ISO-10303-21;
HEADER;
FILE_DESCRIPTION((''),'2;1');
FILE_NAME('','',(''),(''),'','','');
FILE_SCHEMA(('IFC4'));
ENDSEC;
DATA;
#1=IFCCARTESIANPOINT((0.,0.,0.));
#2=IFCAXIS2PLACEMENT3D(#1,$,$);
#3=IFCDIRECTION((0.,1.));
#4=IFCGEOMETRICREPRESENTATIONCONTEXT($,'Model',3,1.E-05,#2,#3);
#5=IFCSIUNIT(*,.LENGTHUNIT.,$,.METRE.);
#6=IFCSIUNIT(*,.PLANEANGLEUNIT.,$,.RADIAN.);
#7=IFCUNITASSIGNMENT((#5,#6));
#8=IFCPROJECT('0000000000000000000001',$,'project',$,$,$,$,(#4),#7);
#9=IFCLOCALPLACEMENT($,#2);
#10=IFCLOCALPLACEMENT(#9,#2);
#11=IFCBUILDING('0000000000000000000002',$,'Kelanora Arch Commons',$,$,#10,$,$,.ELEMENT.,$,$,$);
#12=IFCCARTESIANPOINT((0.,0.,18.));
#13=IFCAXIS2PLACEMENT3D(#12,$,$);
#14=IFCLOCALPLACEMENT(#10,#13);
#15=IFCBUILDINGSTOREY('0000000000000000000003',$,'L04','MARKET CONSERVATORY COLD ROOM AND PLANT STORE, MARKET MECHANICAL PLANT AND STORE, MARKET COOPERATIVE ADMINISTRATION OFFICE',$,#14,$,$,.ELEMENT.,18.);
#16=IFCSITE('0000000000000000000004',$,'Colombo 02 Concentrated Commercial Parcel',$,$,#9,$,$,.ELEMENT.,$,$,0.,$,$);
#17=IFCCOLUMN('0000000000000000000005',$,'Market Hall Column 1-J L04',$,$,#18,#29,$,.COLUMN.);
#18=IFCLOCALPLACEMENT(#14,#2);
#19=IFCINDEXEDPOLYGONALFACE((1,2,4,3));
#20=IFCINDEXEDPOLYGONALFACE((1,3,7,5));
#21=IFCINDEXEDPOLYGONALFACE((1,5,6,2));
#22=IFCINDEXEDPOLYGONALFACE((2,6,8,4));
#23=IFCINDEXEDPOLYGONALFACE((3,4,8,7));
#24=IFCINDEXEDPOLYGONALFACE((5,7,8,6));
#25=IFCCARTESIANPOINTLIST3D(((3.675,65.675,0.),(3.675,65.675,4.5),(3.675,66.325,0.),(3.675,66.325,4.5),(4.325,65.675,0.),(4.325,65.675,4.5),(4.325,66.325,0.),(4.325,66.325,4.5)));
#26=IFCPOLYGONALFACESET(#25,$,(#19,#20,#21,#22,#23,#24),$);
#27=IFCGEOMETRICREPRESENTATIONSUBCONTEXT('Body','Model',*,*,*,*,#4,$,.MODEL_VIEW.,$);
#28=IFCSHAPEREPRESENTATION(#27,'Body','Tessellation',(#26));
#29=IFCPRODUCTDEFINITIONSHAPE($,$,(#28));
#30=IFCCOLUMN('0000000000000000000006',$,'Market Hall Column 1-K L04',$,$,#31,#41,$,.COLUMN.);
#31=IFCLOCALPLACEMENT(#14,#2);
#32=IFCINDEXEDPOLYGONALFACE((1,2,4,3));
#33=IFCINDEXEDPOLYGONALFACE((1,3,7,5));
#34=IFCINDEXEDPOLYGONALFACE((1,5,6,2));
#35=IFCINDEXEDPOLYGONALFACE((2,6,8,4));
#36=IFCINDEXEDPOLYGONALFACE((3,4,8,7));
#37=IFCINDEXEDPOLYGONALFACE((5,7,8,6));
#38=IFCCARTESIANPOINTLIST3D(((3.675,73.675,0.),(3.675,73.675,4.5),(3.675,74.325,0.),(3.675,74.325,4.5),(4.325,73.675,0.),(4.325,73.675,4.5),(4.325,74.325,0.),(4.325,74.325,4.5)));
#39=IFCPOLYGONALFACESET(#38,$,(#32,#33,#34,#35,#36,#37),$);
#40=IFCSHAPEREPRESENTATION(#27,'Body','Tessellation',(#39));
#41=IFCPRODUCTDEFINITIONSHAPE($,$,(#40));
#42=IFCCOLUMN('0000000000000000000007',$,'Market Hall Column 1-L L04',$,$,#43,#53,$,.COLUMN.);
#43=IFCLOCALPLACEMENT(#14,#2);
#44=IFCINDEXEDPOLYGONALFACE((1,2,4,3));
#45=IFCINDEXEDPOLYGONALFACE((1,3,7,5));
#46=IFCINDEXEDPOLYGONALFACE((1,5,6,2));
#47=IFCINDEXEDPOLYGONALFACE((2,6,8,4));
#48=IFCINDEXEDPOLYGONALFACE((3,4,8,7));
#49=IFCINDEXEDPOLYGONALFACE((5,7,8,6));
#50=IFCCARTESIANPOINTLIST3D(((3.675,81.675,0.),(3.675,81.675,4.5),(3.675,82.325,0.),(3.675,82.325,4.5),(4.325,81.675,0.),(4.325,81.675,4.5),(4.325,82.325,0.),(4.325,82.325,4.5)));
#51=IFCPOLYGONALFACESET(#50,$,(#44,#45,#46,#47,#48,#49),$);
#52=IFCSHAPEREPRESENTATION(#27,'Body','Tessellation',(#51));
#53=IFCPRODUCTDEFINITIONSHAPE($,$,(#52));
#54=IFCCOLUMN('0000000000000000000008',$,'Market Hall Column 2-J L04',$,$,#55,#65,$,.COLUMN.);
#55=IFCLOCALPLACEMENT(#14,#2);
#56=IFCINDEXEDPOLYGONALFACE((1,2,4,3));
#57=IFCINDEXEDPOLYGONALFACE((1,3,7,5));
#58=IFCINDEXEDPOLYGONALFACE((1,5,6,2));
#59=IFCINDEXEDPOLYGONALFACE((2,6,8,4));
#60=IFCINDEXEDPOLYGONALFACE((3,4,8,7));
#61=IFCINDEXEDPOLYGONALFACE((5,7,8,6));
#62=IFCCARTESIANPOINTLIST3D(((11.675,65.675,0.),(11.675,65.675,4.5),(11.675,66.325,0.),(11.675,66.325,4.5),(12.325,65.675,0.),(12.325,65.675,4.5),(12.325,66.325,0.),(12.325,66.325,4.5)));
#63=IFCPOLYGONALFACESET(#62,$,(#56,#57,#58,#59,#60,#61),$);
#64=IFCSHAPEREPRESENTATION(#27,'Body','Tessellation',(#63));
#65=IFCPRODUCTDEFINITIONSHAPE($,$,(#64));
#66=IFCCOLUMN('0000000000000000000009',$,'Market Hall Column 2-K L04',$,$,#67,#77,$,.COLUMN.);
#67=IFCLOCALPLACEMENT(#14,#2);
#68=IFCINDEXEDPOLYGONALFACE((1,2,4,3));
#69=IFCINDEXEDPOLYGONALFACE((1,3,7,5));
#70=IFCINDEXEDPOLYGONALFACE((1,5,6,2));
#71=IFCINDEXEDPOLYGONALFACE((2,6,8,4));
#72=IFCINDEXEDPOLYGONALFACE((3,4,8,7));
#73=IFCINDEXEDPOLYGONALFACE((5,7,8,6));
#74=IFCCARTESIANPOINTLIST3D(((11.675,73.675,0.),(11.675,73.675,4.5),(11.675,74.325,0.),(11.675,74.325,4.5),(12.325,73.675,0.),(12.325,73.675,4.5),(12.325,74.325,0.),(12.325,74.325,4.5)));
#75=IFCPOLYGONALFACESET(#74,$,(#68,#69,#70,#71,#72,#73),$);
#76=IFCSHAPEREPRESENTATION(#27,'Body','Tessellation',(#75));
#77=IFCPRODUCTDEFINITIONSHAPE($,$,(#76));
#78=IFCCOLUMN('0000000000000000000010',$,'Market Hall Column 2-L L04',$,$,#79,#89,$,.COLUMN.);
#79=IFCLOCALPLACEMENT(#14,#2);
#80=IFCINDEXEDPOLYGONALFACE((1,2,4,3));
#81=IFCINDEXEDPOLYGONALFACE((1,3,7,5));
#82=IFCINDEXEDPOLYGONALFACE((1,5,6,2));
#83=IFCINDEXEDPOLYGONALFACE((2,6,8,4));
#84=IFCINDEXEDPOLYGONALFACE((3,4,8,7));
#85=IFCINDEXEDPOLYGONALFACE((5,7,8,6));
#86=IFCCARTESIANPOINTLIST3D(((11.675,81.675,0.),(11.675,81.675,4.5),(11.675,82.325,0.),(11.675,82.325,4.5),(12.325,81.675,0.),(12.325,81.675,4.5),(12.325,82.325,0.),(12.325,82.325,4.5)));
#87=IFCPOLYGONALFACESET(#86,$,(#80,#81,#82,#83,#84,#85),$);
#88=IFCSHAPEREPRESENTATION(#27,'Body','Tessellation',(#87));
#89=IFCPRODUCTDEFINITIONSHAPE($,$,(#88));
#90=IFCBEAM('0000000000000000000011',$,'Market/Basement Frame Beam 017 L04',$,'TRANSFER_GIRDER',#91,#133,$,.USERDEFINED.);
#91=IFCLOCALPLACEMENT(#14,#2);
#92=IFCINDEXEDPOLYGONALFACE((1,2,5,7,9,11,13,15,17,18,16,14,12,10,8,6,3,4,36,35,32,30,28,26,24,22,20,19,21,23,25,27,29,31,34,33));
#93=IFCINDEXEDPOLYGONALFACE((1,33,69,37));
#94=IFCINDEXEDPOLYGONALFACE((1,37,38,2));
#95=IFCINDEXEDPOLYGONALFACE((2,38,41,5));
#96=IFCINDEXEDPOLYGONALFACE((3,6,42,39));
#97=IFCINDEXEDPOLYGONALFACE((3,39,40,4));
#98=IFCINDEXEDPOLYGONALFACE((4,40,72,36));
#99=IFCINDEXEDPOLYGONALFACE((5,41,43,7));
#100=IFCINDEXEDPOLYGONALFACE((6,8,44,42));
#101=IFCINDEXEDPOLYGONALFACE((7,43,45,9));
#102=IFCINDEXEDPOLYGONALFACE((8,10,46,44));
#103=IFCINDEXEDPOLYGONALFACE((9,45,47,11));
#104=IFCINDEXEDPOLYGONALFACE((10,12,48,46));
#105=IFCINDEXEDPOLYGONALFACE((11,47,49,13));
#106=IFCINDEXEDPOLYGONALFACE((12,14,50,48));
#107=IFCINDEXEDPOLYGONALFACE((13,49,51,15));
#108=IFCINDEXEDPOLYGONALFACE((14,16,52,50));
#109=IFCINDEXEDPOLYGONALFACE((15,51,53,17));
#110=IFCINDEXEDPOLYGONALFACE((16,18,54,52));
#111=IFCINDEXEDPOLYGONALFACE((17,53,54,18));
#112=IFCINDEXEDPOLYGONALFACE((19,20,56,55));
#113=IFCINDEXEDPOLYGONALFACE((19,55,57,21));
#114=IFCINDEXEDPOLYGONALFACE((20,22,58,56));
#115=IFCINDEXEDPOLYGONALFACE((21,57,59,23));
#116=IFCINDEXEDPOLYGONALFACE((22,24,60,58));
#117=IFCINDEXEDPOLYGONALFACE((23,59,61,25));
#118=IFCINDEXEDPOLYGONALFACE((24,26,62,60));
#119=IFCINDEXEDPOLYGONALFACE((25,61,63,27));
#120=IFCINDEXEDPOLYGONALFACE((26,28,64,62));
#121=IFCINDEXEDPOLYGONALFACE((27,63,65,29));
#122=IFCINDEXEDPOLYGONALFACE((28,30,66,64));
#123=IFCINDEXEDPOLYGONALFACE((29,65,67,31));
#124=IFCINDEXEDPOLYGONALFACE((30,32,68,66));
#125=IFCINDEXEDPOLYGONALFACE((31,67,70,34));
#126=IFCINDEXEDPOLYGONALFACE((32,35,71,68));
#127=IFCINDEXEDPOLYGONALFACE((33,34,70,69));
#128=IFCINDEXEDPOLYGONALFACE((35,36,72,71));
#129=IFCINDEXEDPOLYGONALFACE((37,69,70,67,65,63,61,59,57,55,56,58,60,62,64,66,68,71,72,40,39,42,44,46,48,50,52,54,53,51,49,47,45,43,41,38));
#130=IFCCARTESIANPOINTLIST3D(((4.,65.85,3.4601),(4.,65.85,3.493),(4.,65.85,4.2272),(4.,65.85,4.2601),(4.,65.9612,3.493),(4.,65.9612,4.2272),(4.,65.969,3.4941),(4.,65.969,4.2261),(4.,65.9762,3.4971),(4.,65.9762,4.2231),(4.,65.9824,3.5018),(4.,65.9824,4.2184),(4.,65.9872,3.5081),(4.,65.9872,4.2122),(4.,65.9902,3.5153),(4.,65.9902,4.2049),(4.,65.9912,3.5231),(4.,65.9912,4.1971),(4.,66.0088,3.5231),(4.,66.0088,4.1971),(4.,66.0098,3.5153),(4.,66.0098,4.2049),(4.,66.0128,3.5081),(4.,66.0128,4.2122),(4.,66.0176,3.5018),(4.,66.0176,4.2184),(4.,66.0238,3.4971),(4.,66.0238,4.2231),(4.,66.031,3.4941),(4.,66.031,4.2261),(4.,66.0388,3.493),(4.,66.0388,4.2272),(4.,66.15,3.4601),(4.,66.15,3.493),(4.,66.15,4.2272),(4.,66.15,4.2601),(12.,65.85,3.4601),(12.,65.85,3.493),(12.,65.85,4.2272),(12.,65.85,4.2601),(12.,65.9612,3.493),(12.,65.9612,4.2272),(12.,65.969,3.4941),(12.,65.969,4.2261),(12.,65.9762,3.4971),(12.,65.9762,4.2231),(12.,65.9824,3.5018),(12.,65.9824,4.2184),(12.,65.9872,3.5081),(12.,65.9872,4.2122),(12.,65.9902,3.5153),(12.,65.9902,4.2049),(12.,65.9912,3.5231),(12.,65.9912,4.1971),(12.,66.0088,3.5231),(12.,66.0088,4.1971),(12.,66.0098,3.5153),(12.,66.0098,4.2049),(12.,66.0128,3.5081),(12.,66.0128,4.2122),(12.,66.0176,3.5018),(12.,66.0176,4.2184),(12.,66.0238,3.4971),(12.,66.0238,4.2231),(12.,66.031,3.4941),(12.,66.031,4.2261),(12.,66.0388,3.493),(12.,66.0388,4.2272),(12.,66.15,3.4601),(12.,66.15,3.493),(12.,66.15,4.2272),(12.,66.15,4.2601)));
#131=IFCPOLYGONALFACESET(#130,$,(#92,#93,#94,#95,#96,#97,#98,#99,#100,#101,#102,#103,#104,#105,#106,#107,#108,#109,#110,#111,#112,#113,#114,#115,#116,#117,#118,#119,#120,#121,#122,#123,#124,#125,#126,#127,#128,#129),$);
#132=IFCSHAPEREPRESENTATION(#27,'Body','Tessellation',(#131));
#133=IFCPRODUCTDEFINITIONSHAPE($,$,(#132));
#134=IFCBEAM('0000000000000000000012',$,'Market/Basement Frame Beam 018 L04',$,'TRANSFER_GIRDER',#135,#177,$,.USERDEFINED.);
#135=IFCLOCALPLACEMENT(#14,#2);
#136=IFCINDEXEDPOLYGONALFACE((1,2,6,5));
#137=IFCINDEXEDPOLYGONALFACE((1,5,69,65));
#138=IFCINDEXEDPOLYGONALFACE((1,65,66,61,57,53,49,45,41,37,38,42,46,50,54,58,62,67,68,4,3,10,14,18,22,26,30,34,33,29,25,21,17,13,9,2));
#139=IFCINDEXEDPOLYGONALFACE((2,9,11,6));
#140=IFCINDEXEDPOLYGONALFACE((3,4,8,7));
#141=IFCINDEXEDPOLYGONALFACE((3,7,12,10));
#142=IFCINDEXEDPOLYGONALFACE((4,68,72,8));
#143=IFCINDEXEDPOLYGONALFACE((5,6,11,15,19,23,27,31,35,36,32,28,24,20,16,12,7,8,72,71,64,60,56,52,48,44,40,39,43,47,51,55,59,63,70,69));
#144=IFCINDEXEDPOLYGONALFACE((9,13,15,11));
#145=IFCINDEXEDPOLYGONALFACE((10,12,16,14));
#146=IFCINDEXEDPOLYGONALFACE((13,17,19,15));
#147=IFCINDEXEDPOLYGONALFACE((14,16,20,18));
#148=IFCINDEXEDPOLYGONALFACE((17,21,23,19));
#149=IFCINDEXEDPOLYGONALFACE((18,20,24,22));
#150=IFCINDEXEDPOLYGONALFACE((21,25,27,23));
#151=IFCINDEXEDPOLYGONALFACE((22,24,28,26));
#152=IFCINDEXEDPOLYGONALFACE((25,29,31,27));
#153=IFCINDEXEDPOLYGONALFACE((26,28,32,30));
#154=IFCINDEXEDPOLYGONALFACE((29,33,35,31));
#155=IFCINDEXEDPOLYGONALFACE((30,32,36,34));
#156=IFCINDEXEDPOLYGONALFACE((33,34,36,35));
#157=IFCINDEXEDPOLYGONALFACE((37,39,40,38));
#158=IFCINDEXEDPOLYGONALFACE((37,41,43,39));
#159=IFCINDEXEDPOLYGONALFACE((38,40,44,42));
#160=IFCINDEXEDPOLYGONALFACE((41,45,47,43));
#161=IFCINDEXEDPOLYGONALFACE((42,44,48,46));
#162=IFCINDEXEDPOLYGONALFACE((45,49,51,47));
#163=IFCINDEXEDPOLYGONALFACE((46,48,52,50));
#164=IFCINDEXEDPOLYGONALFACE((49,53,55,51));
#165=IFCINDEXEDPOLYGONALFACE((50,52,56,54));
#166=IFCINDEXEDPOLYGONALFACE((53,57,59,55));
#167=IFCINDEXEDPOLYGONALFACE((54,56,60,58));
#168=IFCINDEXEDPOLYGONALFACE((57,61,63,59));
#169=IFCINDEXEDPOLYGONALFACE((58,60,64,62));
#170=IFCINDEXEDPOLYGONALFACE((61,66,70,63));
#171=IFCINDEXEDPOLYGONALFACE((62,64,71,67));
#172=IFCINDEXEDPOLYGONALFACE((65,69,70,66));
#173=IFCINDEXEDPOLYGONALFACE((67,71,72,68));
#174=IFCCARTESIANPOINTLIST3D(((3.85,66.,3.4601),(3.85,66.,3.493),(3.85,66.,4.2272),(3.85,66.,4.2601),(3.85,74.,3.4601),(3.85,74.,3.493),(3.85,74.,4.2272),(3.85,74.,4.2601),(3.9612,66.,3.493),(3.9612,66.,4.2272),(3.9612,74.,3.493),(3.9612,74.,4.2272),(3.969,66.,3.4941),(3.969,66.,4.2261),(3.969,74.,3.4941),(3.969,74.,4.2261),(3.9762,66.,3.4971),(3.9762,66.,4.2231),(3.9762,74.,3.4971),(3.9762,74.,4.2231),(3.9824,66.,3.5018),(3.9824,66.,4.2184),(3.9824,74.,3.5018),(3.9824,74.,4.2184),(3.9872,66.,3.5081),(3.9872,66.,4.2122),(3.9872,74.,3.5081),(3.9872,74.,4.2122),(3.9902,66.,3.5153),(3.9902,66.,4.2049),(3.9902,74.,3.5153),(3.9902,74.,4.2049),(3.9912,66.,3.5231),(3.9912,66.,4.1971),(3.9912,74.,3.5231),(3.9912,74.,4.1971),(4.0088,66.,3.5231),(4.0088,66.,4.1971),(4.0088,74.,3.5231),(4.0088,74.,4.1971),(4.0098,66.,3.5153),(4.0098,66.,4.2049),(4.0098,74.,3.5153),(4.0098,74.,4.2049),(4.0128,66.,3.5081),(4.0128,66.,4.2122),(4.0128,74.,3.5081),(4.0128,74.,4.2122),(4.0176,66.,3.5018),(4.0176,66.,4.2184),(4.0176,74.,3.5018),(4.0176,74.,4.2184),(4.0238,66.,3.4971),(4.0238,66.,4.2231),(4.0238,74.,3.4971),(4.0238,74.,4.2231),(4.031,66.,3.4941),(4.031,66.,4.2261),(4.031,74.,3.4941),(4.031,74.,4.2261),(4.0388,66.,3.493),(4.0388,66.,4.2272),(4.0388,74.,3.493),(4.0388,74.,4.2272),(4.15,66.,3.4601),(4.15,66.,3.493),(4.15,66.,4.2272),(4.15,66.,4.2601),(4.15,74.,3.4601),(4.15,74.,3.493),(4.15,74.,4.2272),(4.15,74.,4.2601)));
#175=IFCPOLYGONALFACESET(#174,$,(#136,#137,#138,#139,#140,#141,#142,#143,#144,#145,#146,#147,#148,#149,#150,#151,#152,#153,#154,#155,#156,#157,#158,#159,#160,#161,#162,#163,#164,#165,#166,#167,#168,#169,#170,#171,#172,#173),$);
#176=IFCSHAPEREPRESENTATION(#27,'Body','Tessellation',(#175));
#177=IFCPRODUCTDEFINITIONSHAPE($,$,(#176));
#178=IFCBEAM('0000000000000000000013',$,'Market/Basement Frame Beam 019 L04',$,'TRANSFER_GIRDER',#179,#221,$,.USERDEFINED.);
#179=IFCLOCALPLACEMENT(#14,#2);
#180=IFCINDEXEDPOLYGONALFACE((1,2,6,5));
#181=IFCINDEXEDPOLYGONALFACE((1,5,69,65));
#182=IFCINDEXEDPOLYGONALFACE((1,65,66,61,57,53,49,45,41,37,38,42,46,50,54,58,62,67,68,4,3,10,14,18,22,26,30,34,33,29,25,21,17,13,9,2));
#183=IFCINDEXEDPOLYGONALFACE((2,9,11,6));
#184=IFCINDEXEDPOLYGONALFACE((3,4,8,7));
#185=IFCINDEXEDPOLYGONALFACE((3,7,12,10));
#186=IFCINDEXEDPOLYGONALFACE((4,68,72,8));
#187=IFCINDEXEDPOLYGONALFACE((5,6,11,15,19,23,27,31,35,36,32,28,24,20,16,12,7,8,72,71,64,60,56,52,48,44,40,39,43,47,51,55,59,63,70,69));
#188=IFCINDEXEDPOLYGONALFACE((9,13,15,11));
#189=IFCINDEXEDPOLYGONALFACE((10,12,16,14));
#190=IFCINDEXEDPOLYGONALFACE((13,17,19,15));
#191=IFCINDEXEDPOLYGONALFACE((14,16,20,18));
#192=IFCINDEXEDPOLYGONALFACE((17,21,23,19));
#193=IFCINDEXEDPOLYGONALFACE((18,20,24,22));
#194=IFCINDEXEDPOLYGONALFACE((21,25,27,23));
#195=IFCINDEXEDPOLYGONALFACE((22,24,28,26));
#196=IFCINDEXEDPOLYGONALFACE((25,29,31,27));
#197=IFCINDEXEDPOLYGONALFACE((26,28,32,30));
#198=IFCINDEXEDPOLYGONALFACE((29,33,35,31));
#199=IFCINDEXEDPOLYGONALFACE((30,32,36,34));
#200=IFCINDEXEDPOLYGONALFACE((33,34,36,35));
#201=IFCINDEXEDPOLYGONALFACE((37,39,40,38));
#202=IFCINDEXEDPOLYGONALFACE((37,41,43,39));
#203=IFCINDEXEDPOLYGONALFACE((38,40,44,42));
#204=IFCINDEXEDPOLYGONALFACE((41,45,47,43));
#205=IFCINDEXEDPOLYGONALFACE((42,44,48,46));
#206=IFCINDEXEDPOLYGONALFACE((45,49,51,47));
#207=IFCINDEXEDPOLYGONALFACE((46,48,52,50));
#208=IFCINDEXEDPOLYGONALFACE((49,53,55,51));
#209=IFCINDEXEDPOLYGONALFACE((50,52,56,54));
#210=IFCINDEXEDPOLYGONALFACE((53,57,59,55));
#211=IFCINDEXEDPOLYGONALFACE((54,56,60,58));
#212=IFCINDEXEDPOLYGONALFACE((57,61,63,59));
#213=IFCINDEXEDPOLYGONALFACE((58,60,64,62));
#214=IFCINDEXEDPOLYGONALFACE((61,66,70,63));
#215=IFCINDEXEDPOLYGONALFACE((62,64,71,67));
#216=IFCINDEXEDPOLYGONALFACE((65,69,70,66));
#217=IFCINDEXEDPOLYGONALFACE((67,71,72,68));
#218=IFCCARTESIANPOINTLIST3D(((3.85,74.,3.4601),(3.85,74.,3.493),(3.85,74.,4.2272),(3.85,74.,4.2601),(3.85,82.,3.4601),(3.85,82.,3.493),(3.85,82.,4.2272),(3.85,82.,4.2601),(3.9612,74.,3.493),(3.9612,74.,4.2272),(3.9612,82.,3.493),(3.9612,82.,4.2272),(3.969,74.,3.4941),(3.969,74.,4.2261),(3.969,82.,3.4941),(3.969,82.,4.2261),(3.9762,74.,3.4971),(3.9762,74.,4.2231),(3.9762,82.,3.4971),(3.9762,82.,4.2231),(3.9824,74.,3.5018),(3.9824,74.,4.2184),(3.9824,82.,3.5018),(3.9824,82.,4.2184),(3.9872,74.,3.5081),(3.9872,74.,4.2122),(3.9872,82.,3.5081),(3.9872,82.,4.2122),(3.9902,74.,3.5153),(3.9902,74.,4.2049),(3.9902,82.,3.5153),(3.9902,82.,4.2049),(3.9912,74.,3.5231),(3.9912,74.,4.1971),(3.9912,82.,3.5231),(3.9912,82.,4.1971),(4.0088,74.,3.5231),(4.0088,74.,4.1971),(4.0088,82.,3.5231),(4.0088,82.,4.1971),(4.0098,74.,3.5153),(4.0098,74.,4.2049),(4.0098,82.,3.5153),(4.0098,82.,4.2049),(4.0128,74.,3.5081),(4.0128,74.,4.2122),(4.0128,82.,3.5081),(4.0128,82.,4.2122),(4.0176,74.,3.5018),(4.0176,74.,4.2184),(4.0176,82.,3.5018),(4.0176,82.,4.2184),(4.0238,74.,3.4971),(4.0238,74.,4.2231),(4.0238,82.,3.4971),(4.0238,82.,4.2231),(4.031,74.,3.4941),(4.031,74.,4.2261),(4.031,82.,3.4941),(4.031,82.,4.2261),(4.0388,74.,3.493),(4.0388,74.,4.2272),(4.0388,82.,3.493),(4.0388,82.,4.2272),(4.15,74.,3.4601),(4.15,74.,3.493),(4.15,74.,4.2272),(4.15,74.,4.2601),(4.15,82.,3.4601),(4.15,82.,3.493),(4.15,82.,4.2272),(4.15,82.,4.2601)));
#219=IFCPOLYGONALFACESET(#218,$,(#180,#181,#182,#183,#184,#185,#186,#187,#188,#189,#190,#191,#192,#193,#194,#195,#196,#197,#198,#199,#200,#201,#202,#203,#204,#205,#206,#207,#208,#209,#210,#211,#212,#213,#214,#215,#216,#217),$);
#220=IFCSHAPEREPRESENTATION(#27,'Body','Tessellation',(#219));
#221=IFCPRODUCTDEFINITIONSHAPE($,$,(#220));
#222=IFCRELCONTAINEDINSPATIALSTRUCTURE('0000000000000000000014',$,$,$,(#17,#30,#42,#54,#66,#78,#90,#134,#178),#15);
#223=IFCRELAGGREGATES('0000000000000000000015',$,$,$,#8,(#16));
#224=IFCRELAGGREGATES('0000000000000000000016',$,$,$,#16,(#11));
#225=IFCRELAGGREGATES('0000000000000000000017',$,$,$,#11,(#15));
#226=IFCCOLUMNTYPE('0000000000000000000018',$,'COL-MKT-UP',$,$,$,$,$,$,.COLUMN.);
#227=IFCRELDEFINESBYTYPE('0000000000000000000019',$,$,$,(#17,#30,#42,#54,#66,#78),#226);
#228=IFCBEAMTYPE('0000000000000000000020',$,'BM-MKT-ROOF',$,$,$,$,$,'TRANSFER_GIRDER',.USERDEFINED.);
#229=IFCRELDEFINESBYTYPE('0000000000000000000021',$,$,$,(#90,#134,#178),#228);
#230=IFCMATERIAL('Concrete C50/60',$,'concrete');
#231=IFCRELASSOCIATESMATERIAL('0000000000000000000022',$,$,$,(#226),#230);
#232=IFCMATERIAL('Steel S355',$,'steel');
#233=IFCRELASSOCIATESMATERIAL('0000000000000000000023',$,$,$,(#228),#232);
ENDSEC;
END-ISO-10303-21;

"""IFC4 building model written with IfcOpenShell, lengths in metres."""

from ifc_helpers import new_model, si_unit, direction, frame, origin, origin_2d, place, context, subcontext, project, spatial, rectangle, i_section, extrude, material, material_profile, profile_set, type_object, element, save


model = new_model("IFC4")

# Units and contexts
model_context = context("Model", 3, precision=1e-05, world=origin(), true_north=direction((0.0, 1.0)))
body_context = subcontext(model_context, "Body", "Model", "MODEL_VIEW")
ifc_project = project(units=[si_unit("LENGTHUNIT", "METRE"), si_unit("PLANEANGLEUNIT", "RADIAN")], contexts=[model_context])

# Site, building, storey
site_placement = place(None, origin())
site = spatial("IfcSite", under=ifc_project, at=site_placement, Name="Colombo 02 Concentrated Commercial Parcel", CompositionType="ELEMENT", RefElevation=0.0)
building_placement = place(site_placement, origin())
building = spatial("IfcBuilding", under=site, at=building_placement, Name="Kelanora Arch Commons", CompositionType="ELEMENT")
storey_placement = place(building_placement, frame((0.0, 0.0, 18.0)))
storey = spatial("IfcBuildingStorey", under=building, at=storey_placement, Name="L04", Description="MARKET CONSERVATORY COLD ROOM AND PLANT STORE, MARKET MECHANICAL PLANT AND STORE, MARKET COOPERATIVE ADMINISTRATION OFFICE", CompositionType="ELEMENT", Elevation=18.0)

# Columns
ifc_material_1 = material(Name="Concrete C50/60", Category="concrete")
ifc_material_profile_1 = material_profile(ifc_material_1, rectangle(XDim=0.6499, YDim=0.6499, at=origin_2d()), Name="RC650x650")
ifc_profile_set_1 = profile_set([ifc_material_profile_1], Name="Concrete C50/60")
column_type = type_object("IfcColumnType", Name="COL-MKT-UP", PredefinedType="COLUMN", material=ifc_profile_set_1)
for number, where, z_axis, x_axis, name in (
    (1, (4.0, 66.0, 0.0), (0.0, 0.0, 1.0), (1.0, 0.0, 0.0), "Market Hall Column 1-J L04"),
    (2, (4.0, 74.0, 0.0), (0.0, 0.0, 1.0), (1.0, 0.0, 0.0), "Market Hall Column 1-K L04"),
    (3, (4.0, 82.0, 0.0), (0.0, 0.0, 1.0), (1.0, 0.0, 0.0), "Market Hall Column 1-L L04"),
    (4, (12.0, 66.0, 0.0), (0.0, 0.0, 1.0), (1.0, 0.0, 0.0), "Market Hall Column 2-J L04"),
    (5, (12.0, 74.0, 0.0), (0.0, 0.0, 1.0), (1.0, 0.0, 0.0), "Market Hall Column 2-K L04"),
    (6, (12.0, 82.0, 0.0), (0.0, 0.0, 1.0), (1.0, 0.0, 0.0), "Market Hall Column 2-L L04"),
):
    element("IfcColumn", number, at=place(storey_placement, frame(where, z_axis=z_axis, x_axis=x_axis)), inside=storey, type_object=column_type, Name=name, PredefinedType="COLUMN", context=body_context, shape_type="SweptSolid", body=[
        extrude(rectangle(XDim=0.6499, YDim=0.6499, at=origin_2d()), origin(), (0.0, 0.0, 1.0), 4.5),
    ])

# Beams
ifc_material_2 = material(Name="Steel S355", Category="steel")
ifc_material_profile_2 = material_profile(ifc_material_2, i_section(OverallWidth=0.3, OverallDepth=0.8, WebThickness=0.0176, FlangeThickness=0.033, FilletRadius=0.03, at=origin_2d()), Name="HEB800")
ifc_profile_set_2 = profile_set([ifc_material_profile_2], Name="Steel S355")
beam_type = type_object("IfcBeamType", Name="BM-MKT-ROOF", ElementType="TRANSFER_GIRDER", PredefinedType="USERDEFINED", material=ifc_profile_set_2)
for number, where, z_axis, x_axis, name in (
    (7, (4.0, 66.0, 3.8601), (1.0, 0.0, 0.0), (0.0, 1.0, 0.0), "Market/Basement Frame Beam 017 L04"),
    (8, (4.0, 66.0, 3.8601), (0.0, 1.0, 0.0), (-1.0, 0.0, 0.0), "Market/Basement Frame Beam 018 L04"),
    (9, (4.0, 74.0, 3.8601), (0.0, 1.0, 0.0), (-1.0, 0.0, 0.0), "Market/Basement Frame Beam 019 L04"),
):
    element("IfcBeam", number, at=place(storey_placement, frame(where, z_axis=z_axis, x_axis=x_axis)), inside=storey, type_object=beam_type, Name=name, ObjectType="TRANSFER_GIRDER", PredefinedType="USERDEFINED", context=body_context, shape_type="SweptSolid", body=[
        extrude(i_section(OverallWidth=0.3, OverallDepth=0.8, WebThickness=0.0176, FlangeThickness=0.033, FilletRadius=0.03, at=origin_2d()), origin(), (0.0, 0.0, 1.0), 8.0),
    ])

save(model, "model.ifc")
